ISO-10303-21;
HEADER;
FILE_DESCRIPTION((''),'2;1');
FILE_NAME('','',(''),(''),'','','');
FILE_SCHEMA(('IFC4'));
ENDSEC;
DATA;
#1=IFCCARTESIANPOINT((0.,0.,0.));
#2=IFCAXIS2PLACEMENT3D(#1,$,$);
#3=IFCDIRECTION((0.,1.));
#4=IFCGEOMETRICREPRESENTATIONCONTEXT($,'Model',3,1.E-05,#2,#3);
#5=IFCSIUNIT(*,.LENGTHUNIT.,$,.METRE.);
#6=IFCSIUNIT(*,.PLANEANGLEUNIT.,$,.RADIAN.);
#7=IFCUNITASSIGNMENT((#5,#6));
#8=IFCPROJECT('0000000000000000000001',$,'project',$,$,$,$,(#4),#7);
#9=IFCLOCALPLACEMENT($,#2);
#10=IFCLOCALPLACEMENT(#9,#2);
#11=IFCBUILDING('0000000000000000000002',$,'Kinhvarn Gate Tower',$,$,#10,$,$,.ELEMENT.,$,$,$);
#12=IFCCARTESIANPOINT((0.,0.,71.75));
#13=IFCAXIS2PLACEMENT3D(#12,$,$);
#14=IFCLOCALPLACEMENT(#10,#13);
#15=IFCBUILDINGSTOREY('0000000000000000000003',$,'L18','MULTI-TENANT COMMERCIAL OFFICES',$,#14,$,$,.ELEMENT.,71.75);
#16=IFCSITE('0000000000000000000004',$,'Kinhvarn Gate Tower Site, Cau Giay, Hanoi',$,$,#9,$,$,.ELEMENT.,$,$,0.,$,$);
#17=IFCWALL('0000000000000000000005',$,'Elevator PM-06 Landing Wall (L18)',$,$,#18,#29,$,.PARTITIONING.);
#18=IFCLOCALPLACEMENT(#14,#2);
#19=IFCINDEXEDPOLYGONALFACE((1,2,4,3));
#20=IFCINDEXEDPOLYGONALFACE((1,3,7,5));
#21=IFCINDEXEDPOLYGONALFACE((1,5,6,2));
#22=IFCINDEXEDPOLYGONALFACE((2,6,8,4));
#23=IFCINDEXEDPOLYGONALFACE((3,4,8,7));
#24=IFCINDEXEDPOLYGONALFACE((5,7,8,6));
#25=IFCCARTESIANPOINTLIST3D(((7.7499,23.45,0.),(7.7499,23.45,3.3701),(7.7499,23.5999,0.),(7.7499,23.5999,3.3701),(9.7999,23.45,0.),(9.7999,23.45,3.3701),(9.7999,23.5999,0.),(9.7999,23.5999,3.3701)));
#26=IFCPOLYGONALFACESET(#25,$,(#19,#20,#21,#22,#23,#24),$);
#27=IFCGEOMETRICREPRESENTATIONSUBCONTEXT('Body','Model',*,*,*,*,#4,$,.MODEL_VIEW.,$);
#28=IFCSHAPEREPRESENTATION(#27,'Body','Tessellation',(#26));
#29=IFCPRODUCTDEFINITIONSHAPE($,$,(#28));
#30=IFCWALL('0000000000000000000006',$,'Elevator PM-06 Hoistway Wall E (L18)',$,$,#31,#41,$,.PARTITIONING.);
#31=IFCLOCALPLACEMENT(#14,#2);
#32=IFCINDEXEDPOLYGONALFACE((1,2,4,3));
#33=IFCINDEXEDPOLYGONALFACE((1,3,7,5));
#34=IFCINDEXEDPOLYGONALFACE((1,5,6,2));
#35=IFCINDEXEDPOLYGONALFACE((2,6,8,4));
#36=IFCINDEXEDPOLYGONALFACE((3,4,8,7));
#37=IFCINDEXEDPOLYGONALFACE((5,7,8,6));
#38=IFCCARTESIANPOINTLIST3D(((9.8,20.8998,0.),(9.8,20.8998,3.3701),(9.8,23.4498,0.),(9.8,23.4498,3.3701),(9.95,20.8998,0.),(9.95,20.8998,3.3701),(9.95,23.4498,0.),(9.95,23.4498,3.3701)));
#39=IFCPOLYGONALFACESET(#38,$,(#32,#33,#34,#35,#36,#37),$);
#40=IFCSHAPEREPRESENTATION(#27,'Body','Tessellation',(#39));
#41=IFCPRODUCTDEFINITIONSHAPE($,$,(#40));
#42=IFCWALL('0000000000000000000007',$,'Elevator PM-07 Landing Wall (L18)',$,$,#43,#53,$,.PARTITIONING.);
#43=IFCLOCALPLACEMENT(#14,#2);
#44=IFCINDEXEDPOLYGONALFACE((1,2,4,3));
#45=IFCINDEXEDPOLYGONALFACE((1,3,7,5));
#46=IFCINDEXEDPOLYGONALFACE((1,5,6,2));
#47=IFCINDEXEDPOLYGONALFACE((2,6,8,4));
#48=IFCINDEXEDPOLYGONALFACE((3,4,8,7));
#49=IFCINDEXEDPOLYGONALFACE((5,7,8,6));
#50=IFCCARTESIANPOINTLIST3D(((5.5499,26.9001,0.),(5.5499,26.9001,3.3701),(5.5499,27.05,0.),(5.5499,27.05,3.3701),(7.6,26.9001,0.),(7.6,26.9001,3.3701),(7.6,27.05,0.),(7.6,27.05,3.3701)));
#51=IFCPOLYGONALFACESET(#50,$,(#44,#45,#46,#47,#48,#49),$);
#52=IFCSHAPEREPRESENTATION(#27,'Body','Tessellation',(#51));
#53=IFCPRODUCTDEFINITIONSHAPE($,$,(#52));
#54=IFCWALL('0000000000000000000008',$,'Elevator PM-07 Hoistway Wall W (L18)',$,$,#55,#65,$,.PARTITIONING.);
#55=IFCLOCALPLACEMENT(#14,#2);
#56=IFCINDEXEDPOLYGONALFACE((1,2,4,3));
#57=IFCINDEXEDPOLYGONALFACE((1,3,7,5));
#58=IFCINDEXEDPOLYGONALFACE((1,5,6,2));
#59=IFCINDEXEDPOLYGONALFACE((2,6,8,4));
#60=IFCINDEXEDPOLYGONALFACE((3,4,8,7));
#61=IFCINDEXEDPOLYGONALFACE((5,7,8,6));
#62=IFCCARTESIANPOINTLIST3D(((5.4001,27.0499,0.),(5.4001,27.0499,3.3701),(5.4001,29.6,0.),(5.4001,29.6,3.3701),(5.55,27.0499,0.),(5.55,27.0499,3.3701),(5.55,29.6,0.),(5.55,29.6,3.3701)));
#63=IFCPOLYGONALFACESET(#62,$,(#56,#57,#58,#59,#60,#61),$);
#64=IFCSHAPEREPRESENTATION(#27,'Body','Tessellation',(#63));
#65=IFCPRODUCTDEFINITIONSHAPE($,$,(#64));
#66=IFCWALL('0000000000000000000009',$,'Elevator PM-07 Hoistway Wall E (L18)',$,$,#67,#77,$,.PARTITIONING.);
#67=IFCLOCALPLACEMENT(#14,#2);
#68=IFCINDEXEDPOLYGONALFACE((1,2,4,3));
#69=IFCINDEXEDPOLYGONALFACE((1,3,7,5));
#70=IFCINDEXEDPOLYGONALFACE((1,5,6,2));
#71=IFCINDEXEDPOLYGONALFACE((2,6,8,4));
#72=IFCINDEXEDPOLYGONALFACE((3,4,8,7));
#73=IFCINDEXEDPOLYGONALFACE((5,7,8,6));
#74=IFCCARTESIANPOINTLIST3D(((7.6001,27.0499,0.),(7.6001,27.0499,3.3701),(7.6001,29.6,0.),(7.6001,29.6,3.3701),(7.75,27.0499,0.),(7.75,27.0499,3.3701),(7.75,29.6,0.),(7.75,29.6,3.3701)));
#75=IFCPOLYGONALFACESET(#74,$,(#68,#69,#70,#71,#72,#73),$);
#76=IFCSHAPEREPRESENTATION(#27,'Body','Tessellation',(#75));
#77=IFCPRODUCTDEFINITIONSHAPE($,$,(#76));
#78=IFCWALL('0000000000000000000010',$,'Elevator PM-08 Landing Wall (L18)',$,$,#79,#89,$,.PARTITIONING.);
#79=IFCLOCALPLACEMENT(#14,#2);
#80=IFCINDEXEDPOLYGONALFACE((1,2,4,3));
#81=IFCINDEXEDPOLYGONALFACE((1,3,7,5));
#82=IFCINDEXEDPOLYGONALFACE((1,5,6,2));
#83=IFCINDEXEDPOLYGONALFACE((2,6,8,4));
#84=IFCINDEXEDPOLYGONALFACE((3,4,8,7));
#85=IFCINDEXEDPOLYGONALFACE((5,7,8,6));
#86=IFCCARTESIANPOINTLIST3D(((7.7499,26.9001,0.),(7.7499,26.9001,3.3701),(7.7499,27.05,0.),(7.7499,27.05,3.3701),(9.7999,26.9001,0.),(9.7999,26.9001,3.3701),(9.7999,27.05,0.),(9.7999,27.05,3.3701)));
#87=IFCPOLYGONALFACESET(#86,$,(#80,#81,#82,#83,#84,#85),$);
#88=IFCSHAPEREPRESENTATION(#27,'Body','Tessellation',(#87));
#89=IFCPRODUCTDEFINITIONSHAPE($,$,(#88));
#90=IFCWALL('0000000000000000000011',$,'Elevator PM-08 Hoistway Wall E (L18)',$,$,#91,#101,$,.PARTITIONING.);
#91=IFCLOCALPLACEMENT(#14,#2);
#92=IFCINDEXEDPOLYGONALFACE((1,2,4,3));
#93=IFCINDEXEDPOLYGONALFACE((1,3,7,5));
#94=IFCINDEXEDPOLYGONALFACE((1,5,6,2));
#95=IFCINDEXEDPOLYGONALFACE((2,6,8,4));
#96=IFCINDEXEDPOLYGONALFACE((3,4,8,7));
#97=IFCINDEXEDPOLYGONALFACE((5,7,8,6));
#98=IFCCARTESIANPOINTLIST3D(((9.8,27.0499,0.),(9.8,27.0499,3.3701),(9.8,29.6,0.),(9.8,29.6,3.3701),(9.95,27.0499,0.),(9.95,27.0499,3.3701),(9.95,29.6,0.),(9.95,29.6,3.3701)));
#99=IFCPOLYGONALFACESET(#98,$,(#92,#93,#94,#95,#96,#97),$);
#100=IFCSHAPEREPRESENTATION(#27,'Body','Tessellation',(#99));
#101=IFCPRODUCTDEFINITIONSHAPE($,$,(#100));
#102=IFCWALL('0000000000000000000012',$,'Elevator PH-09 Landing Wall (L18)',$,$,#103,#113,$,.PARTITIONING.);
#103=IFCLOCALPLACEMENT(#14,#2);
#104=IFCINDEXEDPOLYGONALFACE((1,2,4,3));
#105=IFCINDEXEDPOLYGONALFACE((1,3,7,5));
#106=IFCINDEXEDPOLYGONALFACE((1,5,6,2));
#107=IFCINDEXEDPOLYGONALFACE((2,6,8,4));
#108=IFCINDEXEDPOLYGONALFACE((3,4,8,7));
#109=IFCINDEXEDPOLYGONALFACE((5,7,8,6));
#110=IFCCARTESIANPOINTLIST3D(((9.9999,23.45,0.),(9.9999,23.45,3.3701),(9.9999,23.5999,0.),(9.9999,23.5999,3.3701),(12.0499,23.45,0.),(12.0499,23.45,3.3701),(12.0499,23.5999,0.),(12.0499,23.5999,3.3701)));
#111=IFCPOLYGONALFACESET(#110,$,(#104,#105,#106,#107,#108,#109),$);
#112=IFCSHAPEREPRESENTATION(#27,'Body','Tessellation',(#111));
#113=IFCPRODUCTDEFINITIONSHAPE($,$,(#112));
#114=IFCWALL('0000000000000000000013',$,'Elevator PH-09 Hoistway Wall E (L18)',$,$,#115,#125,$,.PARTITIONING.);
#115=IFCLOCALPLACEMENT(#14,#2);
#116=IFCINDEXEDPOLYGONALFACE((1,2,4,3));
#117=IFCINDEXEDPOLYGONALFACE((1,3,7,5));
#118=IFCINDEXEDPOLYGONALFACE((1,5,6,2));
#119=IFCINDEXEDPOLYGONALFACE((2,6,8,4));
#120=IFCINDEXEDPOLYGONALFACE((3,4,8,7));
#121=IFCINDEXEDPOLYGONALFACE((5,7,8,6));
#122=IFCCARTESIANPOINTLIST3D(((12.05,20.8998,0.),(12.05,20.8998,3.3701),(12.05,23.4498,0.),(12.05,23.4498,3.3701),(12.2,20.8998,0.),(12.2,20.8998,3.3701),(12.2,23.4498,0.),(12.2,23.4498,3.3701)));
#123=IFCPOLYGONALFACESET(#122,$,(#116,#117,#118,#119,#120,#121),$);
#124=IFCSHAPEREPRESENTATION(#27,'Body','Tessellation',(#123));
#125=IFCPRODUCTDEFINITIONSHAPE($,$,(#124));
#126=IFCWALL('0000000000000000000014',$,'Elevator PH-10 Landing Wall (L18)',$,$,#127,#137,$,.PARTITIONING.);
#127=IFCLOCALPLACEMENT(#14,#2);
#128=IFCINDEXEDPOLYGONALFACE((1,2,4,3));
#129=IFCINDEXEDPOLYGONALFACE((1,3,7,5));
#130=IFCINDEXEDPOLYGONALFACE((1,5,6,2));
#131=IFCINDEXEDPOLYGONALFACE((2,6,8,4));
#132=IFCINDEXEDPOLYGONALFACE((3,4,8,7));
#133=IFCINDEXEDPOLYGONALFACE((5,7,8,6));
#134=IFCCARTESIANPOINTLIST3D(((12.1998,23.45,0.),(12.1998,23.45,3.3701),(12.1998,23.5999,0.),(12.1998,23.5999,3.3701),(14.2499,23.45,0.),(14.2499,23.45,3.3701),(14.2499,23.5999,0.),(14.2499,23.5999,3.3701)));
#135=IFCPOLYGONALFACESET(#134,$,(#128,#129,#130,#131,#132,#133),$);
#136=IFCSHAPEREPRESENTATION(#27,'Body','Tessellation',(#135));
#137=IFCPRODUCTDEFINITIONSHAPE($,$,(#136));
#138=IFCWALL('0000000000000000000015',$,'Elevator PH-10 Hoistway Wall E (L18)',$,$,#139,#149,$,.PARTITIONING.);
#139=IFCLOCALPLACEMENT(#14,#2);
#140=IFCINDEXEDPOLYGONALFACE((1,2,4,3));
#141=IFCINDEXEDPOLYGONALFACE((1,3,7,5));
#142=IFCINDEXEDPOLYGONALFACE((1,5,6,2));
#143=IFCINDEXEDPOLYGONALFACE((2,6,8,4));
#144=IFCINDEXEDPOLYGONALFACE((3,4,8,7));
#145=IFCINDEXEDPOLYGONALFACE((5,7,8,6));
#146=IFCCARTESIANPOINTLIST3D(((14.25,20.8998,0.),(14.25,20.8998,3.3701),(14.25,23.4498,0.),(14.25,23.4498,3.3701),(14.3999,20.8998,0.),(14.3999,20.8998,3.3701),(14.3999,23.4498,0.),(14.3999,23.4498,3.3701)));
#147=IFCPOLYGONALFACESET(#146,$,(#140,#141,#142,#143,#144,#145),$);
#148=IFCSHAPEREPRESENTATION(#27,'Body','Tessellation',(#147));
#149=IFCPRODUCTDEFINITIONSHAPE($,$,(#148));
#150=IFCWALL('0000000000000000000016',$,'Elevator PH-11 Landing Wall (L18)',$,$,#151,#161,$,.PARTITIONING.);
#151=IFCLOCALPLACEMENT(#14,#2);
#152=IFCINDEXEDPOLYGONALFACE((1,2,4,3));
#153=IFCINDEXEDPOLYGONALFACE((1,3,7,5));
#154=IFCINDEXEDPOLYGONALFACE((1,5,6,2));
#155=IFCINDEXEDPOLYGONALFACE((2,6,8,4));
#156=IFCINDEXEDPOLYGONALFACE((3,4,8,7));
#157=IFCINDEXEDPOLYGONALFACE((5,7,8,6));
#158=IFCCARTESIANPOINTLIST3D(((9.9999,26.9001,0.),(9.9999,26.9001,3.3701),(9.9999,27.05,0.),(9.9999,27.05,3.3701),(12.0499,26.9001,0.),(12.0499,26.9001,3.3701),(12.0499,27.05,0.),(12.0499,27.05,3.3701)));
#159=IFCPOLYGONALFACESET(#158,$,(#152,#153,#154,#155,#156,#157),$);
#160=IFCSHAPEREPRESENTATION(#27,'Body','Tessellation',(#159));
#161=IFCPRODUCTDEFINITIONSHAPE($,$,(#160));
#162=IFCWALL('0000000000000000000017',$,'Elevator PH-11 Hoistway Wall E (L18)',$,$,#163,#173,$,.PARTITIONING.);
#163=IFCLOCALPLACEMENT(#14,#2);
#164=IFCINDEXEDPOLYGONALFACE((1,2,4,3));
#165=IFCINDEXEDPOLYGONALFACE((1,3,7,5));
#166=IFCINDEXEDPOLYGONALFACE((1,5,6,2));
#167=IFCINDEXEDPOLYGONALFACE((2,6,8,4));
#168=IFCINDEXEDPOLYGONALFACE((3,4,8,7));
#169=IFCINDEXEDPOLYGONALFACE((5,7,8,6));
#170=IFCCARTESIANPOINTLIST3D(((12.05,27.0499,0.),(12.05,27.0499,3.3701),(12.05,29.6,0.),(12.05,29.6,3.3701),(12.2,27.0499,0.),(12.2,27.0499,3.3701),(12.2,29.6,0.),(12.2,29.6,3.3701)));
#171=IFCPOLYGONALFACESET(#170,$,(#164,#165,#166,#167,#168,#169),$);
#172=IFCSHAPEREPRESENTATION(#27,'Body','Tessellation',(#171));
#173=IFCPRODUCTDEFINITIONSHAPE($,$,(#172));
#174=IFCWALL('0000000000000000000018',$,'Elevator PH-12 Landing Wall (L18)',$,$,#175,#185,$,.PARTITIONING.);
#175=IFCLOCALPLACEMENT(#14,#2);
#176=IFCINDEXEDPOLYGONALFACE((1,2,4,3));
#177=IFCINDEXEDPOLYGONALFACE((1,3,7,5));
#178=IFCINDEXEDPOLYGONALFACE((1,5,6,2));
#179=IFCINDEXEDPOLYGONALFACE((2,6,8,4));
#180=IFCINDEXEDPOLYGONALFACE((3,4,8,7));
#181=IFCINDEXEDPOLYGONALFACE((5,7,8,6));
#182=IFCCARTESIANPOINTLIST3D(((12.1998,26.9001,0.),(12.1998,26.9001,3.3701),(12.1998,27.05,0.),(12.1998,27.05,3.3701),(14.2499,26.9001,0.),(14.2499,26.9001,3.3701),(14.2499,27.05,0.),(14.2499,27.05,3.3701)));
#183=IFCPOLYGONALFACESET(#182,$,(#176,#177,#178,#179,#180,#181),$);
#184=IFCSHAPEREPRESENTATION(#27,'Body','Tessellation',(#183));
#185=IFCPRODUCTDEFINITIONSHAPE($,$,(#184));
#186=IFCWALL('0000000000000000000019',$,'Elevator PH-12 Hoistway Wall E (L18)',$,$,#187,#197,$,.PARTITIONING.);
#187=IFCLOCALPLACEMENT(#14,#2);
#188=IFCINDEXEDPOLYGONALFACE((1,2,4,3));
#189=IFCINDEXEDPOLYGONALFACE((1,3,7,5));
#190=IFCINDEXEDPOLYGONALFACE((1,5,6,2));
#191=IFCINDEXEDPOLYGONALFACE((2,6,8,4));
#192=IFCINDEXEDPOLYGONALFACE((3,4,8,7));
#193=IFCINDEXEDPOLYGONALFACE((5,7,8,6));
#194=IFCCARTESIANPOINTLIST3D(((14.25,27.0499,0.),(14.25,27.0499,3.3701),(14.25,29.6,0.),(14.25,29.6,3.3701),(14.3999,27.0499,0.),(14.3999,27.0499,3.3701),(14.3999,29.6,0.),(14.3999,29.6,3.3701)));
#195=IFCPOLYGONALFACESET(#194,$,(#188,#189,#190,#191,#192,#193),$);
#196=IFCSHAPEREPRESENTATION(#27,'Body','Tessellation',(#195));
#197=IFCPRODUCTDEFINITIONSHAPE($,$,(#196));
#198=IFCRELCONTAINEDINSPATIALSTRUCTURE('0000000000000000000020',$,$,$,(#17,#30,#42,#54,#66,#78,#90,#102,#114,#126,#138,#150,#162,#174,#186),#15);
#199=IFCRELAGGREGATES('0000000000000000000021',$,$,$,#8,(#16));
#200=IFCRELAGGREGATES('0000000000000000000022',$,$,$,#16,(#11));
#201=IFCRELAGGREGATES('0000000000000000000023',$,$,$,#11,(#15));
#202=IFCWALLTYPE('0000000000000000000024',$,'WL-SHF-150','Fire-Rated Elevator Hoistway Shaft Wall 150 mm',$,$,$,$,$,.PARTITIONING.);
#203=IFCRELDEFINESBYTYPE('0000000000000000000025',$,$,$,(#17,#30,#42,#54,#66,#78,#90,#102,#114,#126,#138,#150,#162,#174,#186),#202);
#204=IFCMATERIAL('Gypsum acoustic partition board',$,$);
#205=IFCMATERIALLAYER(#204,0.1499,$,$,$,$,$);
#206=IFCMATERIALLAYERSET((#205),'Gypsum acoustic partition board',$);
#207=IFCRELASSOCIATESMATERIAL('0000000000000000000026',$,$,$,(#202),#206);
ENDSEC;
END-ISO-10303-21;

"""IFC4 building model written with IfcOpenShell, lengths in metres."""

from ifc_helpers import new_model, si_unit, direction, frame, frame_2d, origin, place, context, subcontext, project, spatial, rectangle, extrude, material, layer, layer_set, type_object, element, save


model = new_model("IFC4")

# Units and contexts
model_context = context("Model", 3, precision=1e-05, world=origin(), true_north=direction((0.0, 1.0)))
body_context = subcontext(model_context, "Body", "Model", "MODEL_VIEW")
ifc_project = project(units=[si_unit("LENGTHUNIT", "METRE"), si_unit("PLANEANGLEUNIT", "RADIAN")], contexts=[model_context])

# Site, building, storey
site_placement = place(None, origin())
site = spatial("IfcSite", under=ifc_project, at=site_placement, Name="Kinhvarn Gate Tower Site, Cau Giay, Hanoi", CompositionType="ELEMENT", RefElevation=0.0)
building_placement = place(site_placement, origin())
building = spatial("IfcBuilding", under=site, at=building_placement, Name="Kinhvarn Gate Tower", CompositionType="ELEMENT")
storey_placement = place(building_placement, frame((0.0, 0.0, 71.75)))
storey = spatial("IfcBuildingStorey", under=building, at=storey_placement, Name="L18", Description="MULTI-TENANT COMMERCIAL OFFICES", CompositionType="ELEMENT", Elevation=71.75)

# Shared definitions
ifc_material_1 = material(Name="Gypsum acoustic partition board")

# Walls
ifc_layer_1 = layer(ifc_material_1, 0.1499)
ifc_layer_set_1 = layer_set([ifc_layer_1], Name="Gypsum acoustic partition board")
wall_type_1 = type_object("IfcWallType", Name="WL-SHF-150", Description="Fire-Rated Elevator Hoistway Shaft Wall 150 mm", PredefinedType="PARTITIONING", material=ifc_layer_set_1)
wall_1_placement = place(storey_placement, frame((7.75, 23.5249, 0.0), z_axis=(0.0, 0.0, 1.0), x_axis=(1.0, 0.0, 0.0)))
element("IfcWall", 1, at=wall_1_placement, inside=storey, type_object=wall_type_1, Name="Elevator PM-06 Landing Wall (L18)", PredefinedType="PARTITIONING", context=body_context, shape_type="SweptSolid", body=[
    extrude(rectangle(XDim=2.05, YDim=0.1499, at=frame_2d((1.0249, 0.0))), origin(), (0.0, 0.0, 1.0), 3.3701),
])
wall_2_placement = place(storey_placement, frame((9.875, 20.8999, 0.0), z_axis=(0.0, 0.0, 1.0), x_axis=(0.0, 1.0, 0.0)))
element("IfcWall", 2, at=wall_2_placement, inside=storey, type_object=wall_type_1, Name="Elevator PM-06 Hoistway Wall E (L18)", PredefinedType="PARTITIONING", context=body_context, shape_type="SweptSolid", body=[
    extrude(rectangle(XDim=2.55, YDim=0.1499, at=frame_2d((1.2749, 0.0))), origin(), (0.0, 0.0, 1.0), 3.3701),
])
wall_3_placement = place(storey_placement, frame((5.55, 26.9751, 0.0), z_axis=(0.0, 0.0, 1.0), x_axis=(1.0, 0.0, 0.0)))
element("IfcWall", 3, at=wall_3_placement, inside=storey, type_object=wall_type_1, Name="Elevator PM-07 Landing Wall (L18)", PredefinedType="PARTITIONING", context=body_context, shape_type="SweptSolid", body=[
    extrude(rectangle(XDim=2.05, YDim=0.1499, at=frame_2d((1.0249, 0.0))), origin(), (0.0, 0.0, 1.0), 3.3701),
])
for number, where, z_axis, x_axis, name in (
    (4, (5.4751, 27.05, 0.0), (0.0, 0.0, 1.0), (0.0, 1.0, 0.0), "Elevator PM-07 Hoistway Wall W (L18)"),
    (5, (7.675, 27.05, 0.0), (0.0, 0.0, 1.0), (0.0, 1.0, 0.0), "Elevator PM-07 Hoistway Wall E (L18)"),
):
    element("IfcWall", number, at=place(storey_placement, frame(where, z_axis=z_axis, x_axis=x_axis)), inside=storey, type_object=wall_type_1, Name=name, PredefinedType="PARTITIONING", context=body_context, shape_type="SweptSolid", body=[
        extrude(rectangle(XDim=2.55, YDim=0.1499, at=frame_2d((1.2749, 0.0))), origin(), (0.0, 0.0, 1.0), 3.3701),
    ])
wall_4_placement = place(storey_placement, frame((7.75, 26.9751, 0.0), z_axis=(0.0, 0.0, 1.0), x_axis=(1.0, 0.0, 0.0)))
element("IfcWall", 6, at=wall_4_placement, inside=storey, type_object=wall_type_1, Name="Elevator PM-08 Landing Wall (L18)", PredefinedType="PARTITIONING", context=body_context, shape_type="SweptSolid", body=[
    extrude(rectangle(XDim=2.05, YDim=0.1499, at=frame_2d((1.0249, 0.0))), origin(), (0.0, 0.0, 1.0), 3.3701),
])
wall_5_placement = place(storey_placement, frame((9.875, 27.05, 0.0), z_axis=(0.0, 0.0, 1.0), x_axis=(0.0, 1.0, 0.0)))
element("IfcWall", 7, at=wall_5_placement, inside=storey, type_object=wall_type_1, Name="Elevator PM-08 Hoistway Wall E (L18)", PredefinedType="PARTITIONING", context=body_context, shape_type="SweptSolid", body=[
    extrude(rectangle(XDim=2.55, YDim=0.1499, at=frame_2d((1.2749, 0.0))), origin(), (0.0, 0.0, 1.0), 3.3701),
])
wall_6_placement = place(storey_placement, frame((10.0, 23.5249, 0.0), z_axis=(0.0, 0.0, 1.0), x_axis=(1.0, 0.0, 0.0)))
element("IfcWall", 8, at=wall_6_placement, inside=storey, type_object=wall_type_1, Name="Elevator PH-09 Landing Wall (L18)", PredefinedType="PARTITIONING", context=body_context, shape_type="SweptSolid", body=[
    extrude(rectangle(XDim=2.05, YDim=0.1499, at=frame_2d((1.0249, 0.0))), origin(), (0.0, 0.0, 1.0), 3.3701),
])
wall_7_placement = place(storey_placement, frame((12.125, 20.8999, 0.0), z_axis=(0.0, 0.0, 1.0), x_axis=(0.0, 1.0, 0.0)))
element("IfcWall", 9, at=wall_7_placement, inside=storey, type_object=wall_type_1, Name="Elevator PH-09 Hoistway Wall E (L18)", PredefinedType="PARTITIONING", context=body_context, shape_type="SweptSolid", body=[
    extrude(rectangle(XDim=2.55, YDim=0.1499, at=frame_2d((1.2749, 0.0))), origin(), (0.0, 0.0, 1.0), 3.3701),
])
wall_8_placement = place(storey_placement, frame((12.2, 23.5249, 0.0), z_axis=(0.0, 0.0, 1.0), x_axis=(1.0, 0.0, 0.0)))
element("IfcWall", 10, at=wall_8_placement, inside=storey, type_object=wall_type_1, Name="Elevator PH-10 Landing Wall (L18)", PredefinedType="PARTITIONING", context=body_context, shape_type="SweptSolid", body=[
    extrude(rectangle(XDim=2.05, YDim=0.1499, at=frame_2d((1.0249, 0.0))), origin(), (0.0, 0.0, 1.0), 3.3701),
])
wall_9_placement = place(storey_placement, frame((14.325, 20.8999, 0.0), z_axis=(0.0, 0.0, 1.0), x_axis=(0.0, 1.0, 0.0)))
element("IfcWall", 11, at=wall_9_placement, inside=storey, type_object=wall_type_1, Name="Elevator PH-10 Hoistway Wall E (L18)", PredefinedType="PARTITIONING", context=body_context, shape_type="SweptSolid", body=[
    extrude(rectangle(XDim=2.55, YDim=0.1499, at=frame_2d((1.2749, 0.0))), origin(), (0.0, 0.0, 1.0), 3.3701),
])
wall_10_placement = place(storey_placement, frame((10.0, 26.9751, 0.0), z_axis=(0.0, 0.0, 1.0), x_axis=(1.0, 0.0, 0.0)))
element("IfcWall", 12, at=wall_10_placement, inside=storey, type_object=wall_type_1, Name="Elevator PH-11 Landing Wall (L18)", PredefinedType="PARTITIONING", context=body_context, shape_type="SweptSolid", body=[
    extrude(rectangle(XDim=2.05, YDim=0.1499, at=frame_2d((1.0249, 0.0))), origin(), (0.0, 0.0, 1.0), 3.3701),
])
wall_11_placement = place(storey_placement, frame((12.125, 27.05, 0.0), z_axis=(0.0, 0.0, 1.0), x_axis=(0.0, 1.0, 0.0)))
element("IfcWall", 13, at=wall_11_placement, inside=storey, type_object=wall_type_1, Name="Elevator PH-11 Hoistway Wall E (L18)", PredefinedType="PARTITIONING", context=body_context, shape_type="SweptSolid", body=[
    extrude(rectangle(XDim=2.55, YDim=0.1499, at=frame_2d((1.2749, 0.0))), origin(), (0.0, 0.0, 1.0), 3.3701),
])
wall_12_placement = place(storey_placement, frame((12.2, 26.9751, 0.0), z_axis=(0.0, 0.0, 1.0), x_axis=(1.0, 0.0, 0.0)))
element("IfcWall", 14, at=wall_12_placement, inside=storey, type_object=wall_type_1, Name="Elevator PH-12 Landing Wall (L18)", PredefinedType="PARTITIONING", context=body_context, shape_type="SweptSolid", body=[
    extrude(rectangle(XDim=2.05, YDim=0.1499, at=frame_2d((1.0249, 0.0))), origin(), (0.0, 0.0, 1.0), 3.3701),
])
wall_13_placement = place(storey_placement, frame((14.325, 27.05, 0.0), z_axis=(0.0, 0.0, 1.0), x_axis=(0.0, 1.0, 0.0)))
element("IfcWall", 15, at=wall_13_placement, inside=storey, type_object=wall_type_1, Name="Elevator PH-12 Hoistway Wall E (L18)", PredefinedType="PARTITIONING", context=body_context, shape_type="SweptSolid", body=[
    extrude(rectangle(XDim=2.55, YDim=0.1499, at=frame_2d((1.2749, 0.0))), origin(), (0.0, 0.0, 1.0), 3.3701),
])

save(model, "model.ifc")
